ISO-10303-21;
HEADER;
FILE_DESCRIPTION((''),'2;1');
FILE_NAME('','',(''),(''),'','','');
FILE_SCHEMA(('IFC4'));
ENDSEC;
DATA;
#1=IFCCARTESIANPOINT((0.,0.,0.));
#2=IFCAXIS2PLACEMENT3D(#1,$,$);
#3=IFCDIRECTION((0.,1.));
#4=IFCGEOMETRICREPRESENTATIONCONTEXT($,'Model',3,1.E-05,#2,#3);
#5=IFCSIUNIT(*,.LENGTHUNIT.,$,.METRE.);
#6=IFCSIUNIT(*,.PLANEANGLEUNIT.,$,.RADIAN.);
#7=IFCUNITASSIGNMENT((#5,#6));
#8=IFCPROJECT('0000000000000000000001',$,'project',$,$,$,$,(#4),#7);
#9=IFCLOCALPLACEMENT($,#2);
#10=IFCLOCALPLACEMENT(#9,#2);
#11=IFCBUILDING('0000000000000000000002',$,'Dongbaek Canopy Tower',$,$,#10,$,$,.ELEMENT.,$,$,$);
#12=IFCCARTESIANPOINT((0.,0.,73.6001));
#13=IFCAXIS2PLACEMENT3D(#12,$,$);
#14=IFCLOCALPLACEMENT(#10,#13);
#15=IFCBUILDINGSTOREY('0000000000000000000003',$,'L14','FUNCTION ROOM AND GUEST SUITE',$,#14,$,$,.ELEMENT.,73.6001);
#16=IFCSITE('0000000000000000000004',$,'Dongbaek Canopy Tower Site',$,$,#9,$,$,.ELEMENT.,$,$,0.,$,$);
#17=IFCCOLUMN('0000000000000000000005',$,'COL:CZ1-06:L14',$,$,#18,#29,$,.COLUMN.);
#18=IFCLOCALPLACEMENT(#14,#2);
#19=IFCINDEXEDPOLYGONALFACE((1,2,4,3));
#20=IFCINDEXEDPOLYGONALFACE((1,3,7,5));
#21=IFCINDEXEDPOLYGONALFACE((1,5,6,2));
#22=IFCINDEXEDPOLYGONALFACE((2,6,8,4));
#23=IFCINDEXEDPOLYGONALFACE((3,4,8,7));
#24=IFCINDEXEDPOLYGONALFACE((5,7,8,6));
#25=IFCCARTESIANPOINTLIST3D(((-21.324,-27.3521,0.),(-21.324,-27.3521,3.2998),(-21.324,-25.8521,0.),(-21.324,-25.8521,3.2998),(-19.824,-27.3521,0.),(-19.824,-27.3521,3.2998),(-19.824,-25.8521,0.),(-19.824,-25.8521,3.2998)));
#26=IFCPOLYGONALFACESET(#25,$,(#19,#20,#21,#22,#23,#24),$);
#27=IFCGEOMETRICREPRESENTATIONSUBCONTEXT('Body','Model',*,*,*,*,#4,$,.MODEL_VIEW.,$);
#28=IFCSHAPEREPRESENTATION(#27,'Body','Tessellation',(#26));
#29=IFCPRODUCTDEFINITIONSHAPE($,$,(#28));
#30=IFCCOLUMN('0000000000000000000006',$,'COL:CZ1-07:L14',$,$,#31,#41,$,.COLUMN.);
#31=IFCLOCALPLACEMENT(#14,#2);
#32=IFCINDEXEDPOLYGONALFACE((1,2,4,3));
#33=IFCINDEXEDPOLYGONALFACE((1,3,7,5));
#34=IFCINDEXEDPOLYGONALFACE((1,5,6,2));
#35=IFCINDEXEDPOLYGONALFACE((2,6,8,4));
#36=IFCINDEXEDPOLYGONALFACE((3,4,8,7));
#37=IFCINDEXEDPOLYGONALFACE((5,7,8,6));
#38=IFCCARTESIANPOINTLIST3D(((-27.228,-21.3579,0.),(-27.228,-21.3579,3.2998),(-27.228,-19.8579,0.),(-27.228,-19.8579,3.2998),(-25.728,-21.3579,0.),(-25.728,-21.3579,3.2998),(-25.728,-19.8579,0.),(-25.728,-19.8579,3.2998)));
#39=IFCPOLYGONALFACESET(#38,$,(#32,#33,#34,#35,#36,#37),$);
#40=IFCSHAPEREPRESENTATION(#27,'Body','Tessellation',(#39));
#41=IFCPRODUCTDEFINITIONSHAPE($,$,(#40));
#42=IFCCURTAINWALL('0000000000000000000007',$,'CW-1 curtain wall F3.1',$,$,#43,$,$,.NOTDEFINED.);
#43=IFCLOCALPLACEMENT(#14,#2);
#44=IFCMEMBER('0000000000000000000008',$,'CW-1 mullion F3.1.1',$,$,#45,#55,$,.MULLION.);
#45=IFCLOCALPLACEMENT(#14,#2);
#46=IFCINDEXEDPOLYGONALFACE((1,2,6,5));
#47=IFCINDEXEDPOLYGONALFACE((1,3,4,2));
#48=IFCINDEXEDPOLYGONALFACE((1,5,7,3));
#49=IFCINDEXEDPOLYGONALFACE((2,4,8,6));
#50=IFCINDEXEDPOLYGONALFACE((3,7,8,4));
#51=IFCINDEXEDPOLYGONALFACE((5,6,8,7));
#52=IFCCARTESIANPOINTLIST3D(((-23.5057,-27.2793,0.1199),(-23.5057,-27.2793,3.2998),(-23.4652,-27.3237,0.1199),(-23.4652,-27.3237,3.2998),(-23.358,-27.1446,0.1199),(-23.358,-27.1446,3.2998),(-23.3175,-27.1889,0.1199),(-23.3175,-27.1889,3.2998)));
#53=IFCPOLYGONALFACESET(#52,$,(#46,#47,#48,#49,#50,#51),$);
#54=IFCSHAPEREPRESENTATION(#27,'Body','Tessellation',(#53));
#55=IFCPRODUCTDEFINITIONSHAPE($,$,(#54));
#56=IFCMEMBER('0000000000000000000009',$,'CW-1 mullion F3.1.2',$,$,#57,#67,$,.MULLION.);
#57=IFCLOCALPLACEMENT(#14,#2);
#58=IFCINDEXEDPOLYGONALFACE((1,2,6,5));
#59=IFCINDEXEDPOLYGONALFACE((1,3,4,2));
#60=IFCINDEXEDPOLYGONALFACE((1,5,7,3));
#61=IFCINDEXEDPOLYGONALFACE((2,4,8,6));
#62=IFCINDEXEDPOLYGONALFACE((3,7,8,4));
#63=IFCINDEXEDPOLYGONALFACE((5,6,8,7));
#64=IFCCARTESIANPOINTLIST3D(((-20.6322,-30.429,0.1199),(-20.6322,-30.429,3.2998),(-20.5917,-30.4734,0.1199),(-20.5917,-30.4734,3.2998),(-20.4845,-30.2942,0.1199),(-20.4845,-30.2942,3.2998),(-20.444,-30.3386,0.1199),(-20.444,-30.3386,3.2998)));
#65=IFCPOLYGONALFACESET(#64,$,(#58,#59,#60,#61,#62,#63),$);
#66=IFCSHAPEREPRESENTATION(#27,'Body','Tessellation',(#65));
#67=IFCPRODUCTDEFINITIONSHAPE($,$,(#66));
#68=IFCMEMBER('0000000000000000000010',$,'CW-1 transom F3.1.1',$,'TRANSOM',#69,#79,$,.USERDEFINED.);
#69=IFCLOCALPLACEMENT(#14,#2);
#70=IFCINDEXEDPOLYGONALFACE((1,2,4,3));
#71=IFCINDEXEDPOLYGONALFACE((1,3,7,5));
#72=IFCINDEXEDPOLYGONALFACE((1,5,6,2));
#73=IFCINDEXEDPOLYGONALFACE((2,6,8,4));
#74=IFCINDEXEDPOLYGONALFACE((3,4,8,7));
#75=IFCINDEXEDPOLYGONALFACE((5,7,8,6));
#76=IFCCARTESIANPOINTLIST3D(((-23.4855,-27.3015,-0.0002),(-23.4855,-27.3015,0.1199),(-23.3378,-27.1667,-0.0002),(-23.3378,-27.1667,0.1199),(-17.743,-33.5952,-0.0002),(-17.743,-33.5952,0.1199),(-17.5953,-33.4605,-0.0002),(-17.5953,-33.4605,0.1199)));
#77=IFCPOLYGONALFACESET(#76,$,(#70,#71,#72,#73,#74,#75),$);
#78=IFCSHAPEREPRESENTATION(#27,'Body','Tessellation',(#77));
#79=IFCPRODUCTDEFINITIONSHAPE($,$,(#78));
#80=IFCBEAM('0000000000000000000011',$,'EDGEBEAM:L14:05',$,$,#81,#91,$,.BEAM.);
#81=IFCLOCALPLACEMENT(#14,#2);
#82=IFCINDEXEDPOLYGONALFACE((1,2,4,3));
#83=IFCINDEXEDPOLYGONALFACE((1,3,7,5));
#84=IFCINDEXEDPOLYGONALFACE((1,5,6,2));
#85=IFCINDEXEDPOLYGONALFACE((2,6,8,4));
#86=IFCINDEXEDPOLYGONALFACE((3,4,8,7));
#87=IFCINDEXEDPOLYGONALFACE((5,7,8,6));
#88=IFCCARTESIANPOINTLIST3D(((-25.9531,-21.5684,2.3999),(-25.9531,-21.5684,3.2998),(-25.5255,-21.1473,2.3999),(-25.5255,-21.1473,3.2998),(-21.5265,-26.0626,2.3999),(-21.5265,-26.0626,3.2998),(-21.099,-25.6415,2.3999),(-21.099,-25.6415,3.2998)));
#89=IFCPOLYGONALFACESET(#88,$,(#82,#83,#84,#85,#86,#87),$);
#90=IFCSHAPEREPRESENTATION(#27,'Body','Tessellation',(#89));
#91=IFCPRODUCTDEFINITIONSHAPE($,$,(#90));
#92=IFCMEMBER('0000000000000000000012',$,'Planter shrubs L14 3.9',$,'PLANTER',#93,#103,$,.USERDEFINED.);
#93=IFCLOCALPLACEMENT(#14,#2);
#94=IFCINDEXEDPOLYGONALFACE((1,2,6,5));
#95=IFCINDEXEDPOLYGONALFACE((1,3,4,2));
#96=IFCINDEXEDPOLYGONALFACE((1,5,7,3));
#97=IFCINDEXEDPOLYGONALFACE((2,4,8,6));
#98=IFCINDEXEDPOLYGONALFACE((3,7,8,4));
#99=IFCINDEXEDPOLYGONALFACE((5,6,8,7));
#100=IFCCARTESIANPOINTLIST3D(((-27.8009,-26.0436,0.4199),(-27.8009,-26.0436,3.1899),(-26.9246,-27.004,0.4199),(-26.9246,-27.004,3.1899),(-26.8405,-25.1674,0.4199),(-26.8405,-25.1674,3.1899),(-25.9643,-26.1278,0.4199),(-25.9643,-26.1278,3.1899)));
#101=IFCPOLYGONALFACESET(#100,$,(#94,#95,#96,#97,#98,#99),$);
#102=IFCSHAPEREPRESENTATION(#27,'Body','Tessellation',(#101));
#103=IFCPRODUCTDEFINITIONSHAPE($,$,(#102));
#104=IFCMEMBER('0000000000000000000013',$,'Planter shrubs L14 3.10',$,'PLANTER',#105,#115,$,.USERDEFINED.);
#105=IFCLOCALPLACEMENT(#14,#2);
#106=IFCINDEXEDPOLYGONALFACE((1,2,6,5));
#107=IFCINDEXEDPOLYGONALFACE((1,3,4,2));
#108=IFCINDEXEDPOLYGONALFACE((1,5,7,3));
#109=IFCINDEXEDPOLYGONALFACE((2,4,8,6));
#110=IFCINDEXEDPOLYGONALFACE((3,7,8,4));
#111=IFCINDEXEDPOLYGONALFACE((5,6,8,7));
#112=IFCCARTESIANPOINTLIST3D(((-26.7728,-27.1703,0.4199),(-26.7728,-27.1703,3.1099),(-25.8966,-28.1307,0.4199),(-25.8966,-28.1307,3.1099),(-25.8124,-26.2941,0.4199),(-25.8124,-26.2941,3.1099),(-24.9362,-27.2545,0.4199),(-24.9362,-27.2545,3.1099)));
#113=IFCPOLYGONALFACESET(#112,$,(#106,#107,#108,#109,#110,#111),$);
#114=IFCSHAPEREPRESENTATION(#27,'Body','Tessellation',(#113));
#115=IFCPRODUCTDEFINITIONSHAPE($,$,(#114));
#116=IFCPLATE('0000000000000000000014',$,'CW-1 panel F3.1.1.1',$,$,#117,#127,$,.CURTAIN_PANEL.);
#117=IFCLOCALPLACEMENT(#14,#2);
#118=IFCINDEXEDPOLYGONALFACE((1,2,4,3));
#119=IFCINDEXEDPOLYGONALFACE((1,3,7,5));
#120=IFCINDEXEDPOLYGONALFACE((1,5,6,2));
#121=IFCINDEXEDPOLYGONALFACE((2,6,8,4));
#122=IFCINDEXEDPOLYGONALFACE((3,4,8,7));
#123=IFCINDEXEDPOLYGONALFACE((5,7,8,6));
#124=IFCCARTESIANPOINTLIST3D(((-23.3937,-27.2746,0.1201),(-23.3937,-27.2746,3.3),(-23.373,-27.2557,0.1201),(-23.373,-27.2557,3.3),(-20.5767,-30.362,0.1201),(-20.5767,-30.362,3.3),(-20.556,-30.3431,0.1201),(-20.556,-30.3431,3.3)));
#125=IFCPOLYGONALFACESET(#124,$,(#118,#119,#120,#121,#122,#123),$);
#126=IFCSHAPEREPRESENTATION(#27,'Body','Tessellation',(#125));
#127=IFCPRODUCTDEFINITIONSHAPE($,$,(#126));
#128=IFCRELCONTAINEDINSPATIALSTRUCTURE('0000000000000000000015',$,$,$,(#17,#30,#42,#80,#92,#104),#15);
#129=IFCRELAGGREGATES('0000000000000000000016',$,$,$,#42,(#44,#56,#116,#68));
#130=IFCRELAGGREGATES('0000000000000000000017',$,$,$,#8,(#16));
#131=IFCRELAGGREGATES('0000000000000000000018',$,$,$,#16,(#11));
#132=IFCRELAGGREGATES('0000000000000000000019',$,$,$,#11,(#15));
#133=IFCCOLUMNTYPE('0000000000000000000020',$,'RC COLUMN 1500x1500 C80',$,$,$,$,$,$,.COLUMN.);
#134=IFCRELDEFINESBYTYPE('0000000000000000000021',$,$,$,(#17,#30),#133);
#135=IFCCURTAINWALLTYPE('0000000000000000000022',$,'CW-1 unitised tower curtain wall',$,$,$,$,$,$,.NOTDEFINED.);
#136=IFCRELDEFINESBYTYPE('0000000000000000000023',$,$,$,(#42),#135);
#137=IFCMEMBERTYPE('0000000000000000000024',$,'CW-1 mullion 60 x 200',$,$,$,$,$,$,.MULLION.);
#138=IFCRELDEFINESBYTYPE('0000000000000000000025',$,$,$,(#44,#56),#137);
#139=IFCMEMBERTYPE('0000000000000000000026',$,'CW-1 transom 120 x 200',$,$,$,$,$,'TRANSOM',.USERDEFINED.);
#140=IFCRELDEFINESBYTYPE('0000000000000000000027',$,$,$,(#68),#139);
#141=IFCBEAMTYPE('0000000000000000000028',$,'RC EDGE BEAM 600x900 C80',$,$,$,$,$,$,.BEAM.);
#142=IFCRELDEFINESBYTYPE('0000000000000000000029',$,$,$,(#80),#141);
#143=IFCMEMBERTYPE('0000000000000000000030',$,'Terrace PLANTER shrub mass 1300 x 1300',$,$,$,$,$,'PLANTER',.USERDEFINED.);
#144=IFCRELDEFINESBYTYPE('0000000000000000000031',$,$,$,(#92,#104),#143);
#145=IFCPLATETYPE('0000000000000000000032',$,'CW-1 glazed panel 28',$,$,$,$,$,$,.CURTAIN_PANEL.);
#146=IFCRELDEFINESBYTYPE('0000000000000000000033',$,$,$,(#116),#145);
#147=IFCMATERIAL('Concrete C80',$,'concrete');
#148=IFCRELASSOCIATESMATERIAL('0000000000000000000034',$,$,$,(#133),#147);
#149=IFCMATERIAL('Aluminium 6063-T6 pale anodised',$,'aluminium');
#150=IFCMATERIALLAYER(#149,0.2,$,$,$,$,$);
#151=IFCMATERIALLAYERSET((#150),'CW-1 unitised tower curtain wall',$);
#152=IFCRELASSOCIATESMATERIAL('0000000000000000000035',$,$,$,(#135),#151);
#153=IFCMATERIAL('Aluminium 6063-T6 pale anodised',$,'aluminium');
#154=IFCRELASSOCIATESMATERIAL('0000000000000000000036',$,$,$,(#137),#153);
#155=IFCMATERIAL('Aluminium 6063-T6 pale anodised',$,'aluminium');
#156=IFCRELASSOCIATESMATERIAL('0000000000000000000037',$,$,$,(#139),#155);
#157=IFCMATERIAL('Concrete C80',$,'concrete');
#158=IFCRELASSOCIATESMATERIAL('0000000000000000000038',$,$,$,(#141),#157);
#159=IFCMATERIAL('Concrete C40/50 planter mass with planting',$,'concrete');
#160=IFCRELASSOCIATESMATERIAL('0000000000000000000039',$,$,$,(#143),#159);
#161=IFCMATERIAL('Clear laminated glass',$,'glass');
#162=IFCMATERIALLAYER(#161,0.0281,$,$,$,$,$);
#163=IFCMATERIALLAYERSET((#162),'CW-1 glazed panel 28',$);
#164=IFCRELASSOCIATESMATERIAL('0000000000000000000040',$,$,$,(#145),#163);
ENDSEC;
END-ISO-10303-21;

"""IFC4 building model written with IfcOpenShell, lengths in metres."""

from ifc_helpers import new_model, si_unit, direction, frame, origin, origin_2d, place, context, subcontext, project, spatial, rectangle, extrude, material, layer, layer_set, material_profile, profile_set, type_object, element, aggregate, save


model = new_model("IFC4")

# Units and contexts
model_context = context("Model", 3, precision=1e-05, world=origin(), true_north=direction((0.0, 1.0)))
body_context = subcontext(model_context, "Body", "Model", "MODEL_VIEW")
ifc_project = project(units=[si_unit("LENGTHUNIT", "METRE"), si_unit("PLANEANGLEUNIT", "RADIAN")], contexts=[model_context])

# Site, building, storey
site_placement = place(None, origin())
site = spatial("IfcSite", under=ifc_project, at=site_placement, Name="Dongbaek Canopy Tower Site", CompositionType="ELEMENT", RefElevation=0.0)
building_placement = place(site_placement, origin())
building = spatial("IfcBuilding", under=site, at=building_placement, Name="Dongbaek Canopy Tower", CompositionType="ELEMENT")
storey_placement = place(building_placement, frame((0.0, 0.0, 73.6001)))
storey = spatial("IfcBuildingStorey", under=building, at=storey_placement, Name="L14", Description="FUNCTION ROOM AND GUEST SUITE", CompositionType="ELEMENT", Elevation=73.6001)

# Columns
ifc_material_1 = material(Name="Concrete C80", Category="concrete")
ifc_material_profile_1 = material_profile(ifc_material_1, rectangle(XDim=1.5, YDim=1.5, at=origin_2d()), Name="RC COLUMN 1500x1500 C80")
ifc_profile_set_1 = profile_set([ifc_material_profile_1], Name="Concrete C80")
column_type = type_object("IfcColumnType", Name="RC COLUMN 1500x1500 C80", PredefinedType="COLUMN", material=ifc_profile_set_1)
for number, where, z_axis, x_axis, name in (
    (1, (-20.574, -26.6021, 0.0), (0.0, 0.0, 1.0), (1.0, 0.0, 0.0), "COL:CZ1-06:L14"),
    (2, (-26.478, -20.6079, 0.0), (0.0, 0.0, 1.0), (1.0, 0.0, 0.0), "COL:CZ1-07:L14"),
):
    element("IfcColumn", number, at=place(storey_placement, frame(where, z_axis=z_axis, x_axis=x_axis)), inside=storey, type_object=column_type, Name=name, PredefinedType="COLUMN", context=body_context, shape_type="SweptSolid", body=[
        extrude(rectangle(XDim=1.5, YDim=1.5, at=origin_2d()), origin(), (0.0, 0.0, 1.0), 3.2998),
    ])

# Curtain wall, members
ifc_material_2 = material(Name="Aluminium 6063-T6 pale anodised", Category="aluminium")
ifc_layer_1 = layer(ifc_material_2, 0.2)
ifc_layer_set_1 = layer_set([ifc_layer_1], Name="CW-1 unitised tower curtain wall")
curtain_wall_type = type_object("IfcCurtainWallType", Name="CW-1 unitised tower curtain wall", PredefinedType="NOTDEFINED", material=ifc_layer_set_1)
curtain_wall_placement = place(storey_placement, origin())
curtain_wall = element("IfcCurtainWall", 3, at=curtain_wall_placement, inside=storey, type_object=curtain_wall_type, Name="CW-1 curtain wall F3.1", PredefinedType="NOTDEFINED")
ifc_material_3 = material(Name="Aluminium 6063-T6 pale anodised", Category="aluminium")
ifc_material_profile_2 = material_profile(ifc_material_3, rectangle(XDim=0.2, YDim=0.0601, at=origin_2d()), Name="CW-1 mullion 60 x 200")
ifc_profile_set_2 = profile_set([ifc_material_profile_2], Name="Aluminium 6063-T6 pale anodised")
member_type_1 = type_object("IfcMemberType", Name="CW-1 mullion 60 x 200", PredefinedType="MULLION", material=ifc_profile_set_2)
member_1_placement = place(storey_placement, frame((-23.4116, -27.2341, 0.1199), z_axis=(0.0, 0.0, 1.0), x_axis=(-0.73872, -0.674012, 0.0)))
member_1 = element("IfcMember", 4, at=member_1_placement, type_object=member_type_1, Name="CW-1 mullion F3.1.1", PredefinedType="MULLION", context=body_context, shape_type="SweptSolid", body=[
    extrude(rectangle(XDim=0.2, YDim=0.0601, at=origin_2d()), origin(), (0.0, 0.0, 1.0), 3.1799),
])
member_2_placement = place(storey_placement, frame((-20.5381, -30.3838, 0.1199), z_axis=(0.0, 0.0, 1.0), x_axis=(-0.73872, -0.674012, 0.0)))
member_2 = element("IfcMember", 5, at=member_2_placement, type_object=member_type_1, Name="CW-1 mullion F3.1.2", PredefinedType="MULLION", context=body_context, shape_type="SweptSolid", body=[
    extrude(rectangle(XDim=0.2, YDim=0.0601, at=origin_2d()), origin(), (0.0, 0.0, 1.0), 3.1799),
])
ifc_material_4 = material(Name="Aluminium 6063-T6 pale anodised", Category="aluminium")
ifc_material_profile_3 = material_profile(ifc_material_4, rectangle(XDim=0.2, YDim=0.1201, at=origin_2d()), Name="CW-1 transom 120 x 200")
ifc_profile_set_3 = profile_set([ifc_material_profile_3], Name="Aluminium 6063-T6 pale anodised")
member_type_2 = type_object("IfcMemberType", Name="CW-1 transom 120 x 200", ElementType="TRANSOM", PredefinedType="USERDEFINED", material=ifc_profile_set_3)
member_3_placement = place(storey_placement, frame((-23.4116, -27.2341, 0.0598), z_axis=(0.674014, -0.738719, 0.0), x_axis=(0.738719, 0.674014, 0.0)))
member_3 = element("IfcMember", 6, at=member_3_placement, type_object=member_type_2, Name="CW-1 transom F3.1.1", ObjectType="TRANSOM", PredefinedType="USERDEFINED", context=body_context, shape_type="SweptSolid", body=[
    extrude(rectangle(XDim=0.2, YDim=0.1201, at=origin_2d()), origin(), (0.0, 0.0, 1.0), 8.5198),
])

# Beam
ifc_material_5 = material(Name="Concrete C80", Category="concrete")
ifc_material_profile_4 = material_profile(ifc_material_5, rectangle(XDim=0.6001, YDim=0.8999, at=origin_2d()), Name="RC EDGE BEAM 600x900 C80")
ifc_profile_set_4 = profile_set([ifc_material_profile_4], Name="Concrete C80")
beam_type = type_object("IfcBeamType", Name="RC EDGE BEAM 600x900 C80", PredefinedType="BEAM", material=ifc_profile_set_4)
beam_placement = place(storey_placement, frame((-21.3127, -25.8521, 2.8499), z_axis=(-0.701726, 0.712447, 0.0), x_axis=(-0.712447, -0.701726, 0.0)))
element("IfcBeam", 7, at=beam_placement, inside=storey, type_object=beam_type, Name="EDGEBEAM:L14:05", PredefinedType="BEAM", context=body_context, shape_type="SweptSolid", body=[
    extrude(rectangle(XDim=0.6001, YDim=0.8999, at=origin_2d()), origin(), (0.0, 0.0, 1.0), 6.3081),
])

# Members
ifc_material_6 = material(Name="Concrete C40/50 planter mass with planting", Category="concrete")
ifc_material_profile_5 = material_profile(ifc_material_6, rectangle(XDim=1.3, YDim=1.3, at=origin_2d()), Name="Terrace PLANTER shrub mass 1300 x 1300")
ifc_profile_set_5 = profile_set([ifc_material_profile_5], Name="Concrete C40/50 planter mass with planting")
member_type_3 = type_object("IfcMemberType", Name="Terrace PLANTER shrub mass 1300 x 1300", ElementType="PLANTER", PredefinedType="USERDEFINED", material=ifc_profile_set_5)
member_4_placement = place(storey_placement, frame((-26.8826, -26.0857, 0.4199), z_axis=(0.0, 0.0, 1.0), x_axis=(-0.73872, -0.674012, 0.0)))
element("IfcMember", 8, at=member_4_placement, inside=storey, type_object=member_type_3, Name="Planter shrubs L14 3.9", ObjectType="PLANTER", PredefinedType="USERDEFINED", context=body_context, shape_type="SweptSolid", body=[
    extrude(rectangle(XDim=1.3, YDim=1.3, at=origin_2d()), origin(), (0.0, 0.0, 1.0), 2.77),
])
member_5_placement = place(storey_placement, frame((-25.8545, -27.2124, 0.4199), z_axis=(0.0, 0.0, 1.0), x_axis=(-0.73872, -0.674012, 0.0)))
element("IfcMember", 9, at=member_5_placement, inside=storey, type_object=member_type_3, Name="Planter shrubs L14 3.10", ObjectType="PLANTER", PredefinedType="USERDEFINED", context=body_context, shape_type="SweptSolid", body=[
    extrude(rectangle(XDim=1.3, YDim=1.3, at=origin_2d()), origin(), (0.0, 0.0, 1.0), 2.6899),
])

# Plate
ifc_material_7 = material(Name="Clear laminated glass", Category="glass")
ifc_layer_2 = layer(ifc_material_7, 0.0281)
ifc_layer_set_2 = layer_set([ifc_layer_2], Name="CW-1 glazed panel 28")
plate_type = type_object("IfcPlateType", Name="CW-1 glazed panel 28", PredefinedType="CURTAIN_PANEL", material=ifc_layer_set_2)
plate_placement = place(storey_placement, frame((-21.9749, -28.8088, 0.1201), z_axis=(0.0, 0.0, 1.0), x_axis=(0.674012, -0.73872, 0.0)))
plate = element("IfcPlate", 10, at=plate_placement, type_object=plate_type, Name="CW-1 panel F3.1.1.1", PredefinedType="CURTAIN_PANEL", context=body_context, shape_type="SweptSolid", body=[
    extrude(rectangle(XDim=4.1794, YDim=0.0281, at=origin_2d()), origin(), (0.0, 0.0, 1.0), 3.1799),
])

aggregate(curtain_wall, [member_1, member_2, plate, member_3])

save(model, "model.ifc")
